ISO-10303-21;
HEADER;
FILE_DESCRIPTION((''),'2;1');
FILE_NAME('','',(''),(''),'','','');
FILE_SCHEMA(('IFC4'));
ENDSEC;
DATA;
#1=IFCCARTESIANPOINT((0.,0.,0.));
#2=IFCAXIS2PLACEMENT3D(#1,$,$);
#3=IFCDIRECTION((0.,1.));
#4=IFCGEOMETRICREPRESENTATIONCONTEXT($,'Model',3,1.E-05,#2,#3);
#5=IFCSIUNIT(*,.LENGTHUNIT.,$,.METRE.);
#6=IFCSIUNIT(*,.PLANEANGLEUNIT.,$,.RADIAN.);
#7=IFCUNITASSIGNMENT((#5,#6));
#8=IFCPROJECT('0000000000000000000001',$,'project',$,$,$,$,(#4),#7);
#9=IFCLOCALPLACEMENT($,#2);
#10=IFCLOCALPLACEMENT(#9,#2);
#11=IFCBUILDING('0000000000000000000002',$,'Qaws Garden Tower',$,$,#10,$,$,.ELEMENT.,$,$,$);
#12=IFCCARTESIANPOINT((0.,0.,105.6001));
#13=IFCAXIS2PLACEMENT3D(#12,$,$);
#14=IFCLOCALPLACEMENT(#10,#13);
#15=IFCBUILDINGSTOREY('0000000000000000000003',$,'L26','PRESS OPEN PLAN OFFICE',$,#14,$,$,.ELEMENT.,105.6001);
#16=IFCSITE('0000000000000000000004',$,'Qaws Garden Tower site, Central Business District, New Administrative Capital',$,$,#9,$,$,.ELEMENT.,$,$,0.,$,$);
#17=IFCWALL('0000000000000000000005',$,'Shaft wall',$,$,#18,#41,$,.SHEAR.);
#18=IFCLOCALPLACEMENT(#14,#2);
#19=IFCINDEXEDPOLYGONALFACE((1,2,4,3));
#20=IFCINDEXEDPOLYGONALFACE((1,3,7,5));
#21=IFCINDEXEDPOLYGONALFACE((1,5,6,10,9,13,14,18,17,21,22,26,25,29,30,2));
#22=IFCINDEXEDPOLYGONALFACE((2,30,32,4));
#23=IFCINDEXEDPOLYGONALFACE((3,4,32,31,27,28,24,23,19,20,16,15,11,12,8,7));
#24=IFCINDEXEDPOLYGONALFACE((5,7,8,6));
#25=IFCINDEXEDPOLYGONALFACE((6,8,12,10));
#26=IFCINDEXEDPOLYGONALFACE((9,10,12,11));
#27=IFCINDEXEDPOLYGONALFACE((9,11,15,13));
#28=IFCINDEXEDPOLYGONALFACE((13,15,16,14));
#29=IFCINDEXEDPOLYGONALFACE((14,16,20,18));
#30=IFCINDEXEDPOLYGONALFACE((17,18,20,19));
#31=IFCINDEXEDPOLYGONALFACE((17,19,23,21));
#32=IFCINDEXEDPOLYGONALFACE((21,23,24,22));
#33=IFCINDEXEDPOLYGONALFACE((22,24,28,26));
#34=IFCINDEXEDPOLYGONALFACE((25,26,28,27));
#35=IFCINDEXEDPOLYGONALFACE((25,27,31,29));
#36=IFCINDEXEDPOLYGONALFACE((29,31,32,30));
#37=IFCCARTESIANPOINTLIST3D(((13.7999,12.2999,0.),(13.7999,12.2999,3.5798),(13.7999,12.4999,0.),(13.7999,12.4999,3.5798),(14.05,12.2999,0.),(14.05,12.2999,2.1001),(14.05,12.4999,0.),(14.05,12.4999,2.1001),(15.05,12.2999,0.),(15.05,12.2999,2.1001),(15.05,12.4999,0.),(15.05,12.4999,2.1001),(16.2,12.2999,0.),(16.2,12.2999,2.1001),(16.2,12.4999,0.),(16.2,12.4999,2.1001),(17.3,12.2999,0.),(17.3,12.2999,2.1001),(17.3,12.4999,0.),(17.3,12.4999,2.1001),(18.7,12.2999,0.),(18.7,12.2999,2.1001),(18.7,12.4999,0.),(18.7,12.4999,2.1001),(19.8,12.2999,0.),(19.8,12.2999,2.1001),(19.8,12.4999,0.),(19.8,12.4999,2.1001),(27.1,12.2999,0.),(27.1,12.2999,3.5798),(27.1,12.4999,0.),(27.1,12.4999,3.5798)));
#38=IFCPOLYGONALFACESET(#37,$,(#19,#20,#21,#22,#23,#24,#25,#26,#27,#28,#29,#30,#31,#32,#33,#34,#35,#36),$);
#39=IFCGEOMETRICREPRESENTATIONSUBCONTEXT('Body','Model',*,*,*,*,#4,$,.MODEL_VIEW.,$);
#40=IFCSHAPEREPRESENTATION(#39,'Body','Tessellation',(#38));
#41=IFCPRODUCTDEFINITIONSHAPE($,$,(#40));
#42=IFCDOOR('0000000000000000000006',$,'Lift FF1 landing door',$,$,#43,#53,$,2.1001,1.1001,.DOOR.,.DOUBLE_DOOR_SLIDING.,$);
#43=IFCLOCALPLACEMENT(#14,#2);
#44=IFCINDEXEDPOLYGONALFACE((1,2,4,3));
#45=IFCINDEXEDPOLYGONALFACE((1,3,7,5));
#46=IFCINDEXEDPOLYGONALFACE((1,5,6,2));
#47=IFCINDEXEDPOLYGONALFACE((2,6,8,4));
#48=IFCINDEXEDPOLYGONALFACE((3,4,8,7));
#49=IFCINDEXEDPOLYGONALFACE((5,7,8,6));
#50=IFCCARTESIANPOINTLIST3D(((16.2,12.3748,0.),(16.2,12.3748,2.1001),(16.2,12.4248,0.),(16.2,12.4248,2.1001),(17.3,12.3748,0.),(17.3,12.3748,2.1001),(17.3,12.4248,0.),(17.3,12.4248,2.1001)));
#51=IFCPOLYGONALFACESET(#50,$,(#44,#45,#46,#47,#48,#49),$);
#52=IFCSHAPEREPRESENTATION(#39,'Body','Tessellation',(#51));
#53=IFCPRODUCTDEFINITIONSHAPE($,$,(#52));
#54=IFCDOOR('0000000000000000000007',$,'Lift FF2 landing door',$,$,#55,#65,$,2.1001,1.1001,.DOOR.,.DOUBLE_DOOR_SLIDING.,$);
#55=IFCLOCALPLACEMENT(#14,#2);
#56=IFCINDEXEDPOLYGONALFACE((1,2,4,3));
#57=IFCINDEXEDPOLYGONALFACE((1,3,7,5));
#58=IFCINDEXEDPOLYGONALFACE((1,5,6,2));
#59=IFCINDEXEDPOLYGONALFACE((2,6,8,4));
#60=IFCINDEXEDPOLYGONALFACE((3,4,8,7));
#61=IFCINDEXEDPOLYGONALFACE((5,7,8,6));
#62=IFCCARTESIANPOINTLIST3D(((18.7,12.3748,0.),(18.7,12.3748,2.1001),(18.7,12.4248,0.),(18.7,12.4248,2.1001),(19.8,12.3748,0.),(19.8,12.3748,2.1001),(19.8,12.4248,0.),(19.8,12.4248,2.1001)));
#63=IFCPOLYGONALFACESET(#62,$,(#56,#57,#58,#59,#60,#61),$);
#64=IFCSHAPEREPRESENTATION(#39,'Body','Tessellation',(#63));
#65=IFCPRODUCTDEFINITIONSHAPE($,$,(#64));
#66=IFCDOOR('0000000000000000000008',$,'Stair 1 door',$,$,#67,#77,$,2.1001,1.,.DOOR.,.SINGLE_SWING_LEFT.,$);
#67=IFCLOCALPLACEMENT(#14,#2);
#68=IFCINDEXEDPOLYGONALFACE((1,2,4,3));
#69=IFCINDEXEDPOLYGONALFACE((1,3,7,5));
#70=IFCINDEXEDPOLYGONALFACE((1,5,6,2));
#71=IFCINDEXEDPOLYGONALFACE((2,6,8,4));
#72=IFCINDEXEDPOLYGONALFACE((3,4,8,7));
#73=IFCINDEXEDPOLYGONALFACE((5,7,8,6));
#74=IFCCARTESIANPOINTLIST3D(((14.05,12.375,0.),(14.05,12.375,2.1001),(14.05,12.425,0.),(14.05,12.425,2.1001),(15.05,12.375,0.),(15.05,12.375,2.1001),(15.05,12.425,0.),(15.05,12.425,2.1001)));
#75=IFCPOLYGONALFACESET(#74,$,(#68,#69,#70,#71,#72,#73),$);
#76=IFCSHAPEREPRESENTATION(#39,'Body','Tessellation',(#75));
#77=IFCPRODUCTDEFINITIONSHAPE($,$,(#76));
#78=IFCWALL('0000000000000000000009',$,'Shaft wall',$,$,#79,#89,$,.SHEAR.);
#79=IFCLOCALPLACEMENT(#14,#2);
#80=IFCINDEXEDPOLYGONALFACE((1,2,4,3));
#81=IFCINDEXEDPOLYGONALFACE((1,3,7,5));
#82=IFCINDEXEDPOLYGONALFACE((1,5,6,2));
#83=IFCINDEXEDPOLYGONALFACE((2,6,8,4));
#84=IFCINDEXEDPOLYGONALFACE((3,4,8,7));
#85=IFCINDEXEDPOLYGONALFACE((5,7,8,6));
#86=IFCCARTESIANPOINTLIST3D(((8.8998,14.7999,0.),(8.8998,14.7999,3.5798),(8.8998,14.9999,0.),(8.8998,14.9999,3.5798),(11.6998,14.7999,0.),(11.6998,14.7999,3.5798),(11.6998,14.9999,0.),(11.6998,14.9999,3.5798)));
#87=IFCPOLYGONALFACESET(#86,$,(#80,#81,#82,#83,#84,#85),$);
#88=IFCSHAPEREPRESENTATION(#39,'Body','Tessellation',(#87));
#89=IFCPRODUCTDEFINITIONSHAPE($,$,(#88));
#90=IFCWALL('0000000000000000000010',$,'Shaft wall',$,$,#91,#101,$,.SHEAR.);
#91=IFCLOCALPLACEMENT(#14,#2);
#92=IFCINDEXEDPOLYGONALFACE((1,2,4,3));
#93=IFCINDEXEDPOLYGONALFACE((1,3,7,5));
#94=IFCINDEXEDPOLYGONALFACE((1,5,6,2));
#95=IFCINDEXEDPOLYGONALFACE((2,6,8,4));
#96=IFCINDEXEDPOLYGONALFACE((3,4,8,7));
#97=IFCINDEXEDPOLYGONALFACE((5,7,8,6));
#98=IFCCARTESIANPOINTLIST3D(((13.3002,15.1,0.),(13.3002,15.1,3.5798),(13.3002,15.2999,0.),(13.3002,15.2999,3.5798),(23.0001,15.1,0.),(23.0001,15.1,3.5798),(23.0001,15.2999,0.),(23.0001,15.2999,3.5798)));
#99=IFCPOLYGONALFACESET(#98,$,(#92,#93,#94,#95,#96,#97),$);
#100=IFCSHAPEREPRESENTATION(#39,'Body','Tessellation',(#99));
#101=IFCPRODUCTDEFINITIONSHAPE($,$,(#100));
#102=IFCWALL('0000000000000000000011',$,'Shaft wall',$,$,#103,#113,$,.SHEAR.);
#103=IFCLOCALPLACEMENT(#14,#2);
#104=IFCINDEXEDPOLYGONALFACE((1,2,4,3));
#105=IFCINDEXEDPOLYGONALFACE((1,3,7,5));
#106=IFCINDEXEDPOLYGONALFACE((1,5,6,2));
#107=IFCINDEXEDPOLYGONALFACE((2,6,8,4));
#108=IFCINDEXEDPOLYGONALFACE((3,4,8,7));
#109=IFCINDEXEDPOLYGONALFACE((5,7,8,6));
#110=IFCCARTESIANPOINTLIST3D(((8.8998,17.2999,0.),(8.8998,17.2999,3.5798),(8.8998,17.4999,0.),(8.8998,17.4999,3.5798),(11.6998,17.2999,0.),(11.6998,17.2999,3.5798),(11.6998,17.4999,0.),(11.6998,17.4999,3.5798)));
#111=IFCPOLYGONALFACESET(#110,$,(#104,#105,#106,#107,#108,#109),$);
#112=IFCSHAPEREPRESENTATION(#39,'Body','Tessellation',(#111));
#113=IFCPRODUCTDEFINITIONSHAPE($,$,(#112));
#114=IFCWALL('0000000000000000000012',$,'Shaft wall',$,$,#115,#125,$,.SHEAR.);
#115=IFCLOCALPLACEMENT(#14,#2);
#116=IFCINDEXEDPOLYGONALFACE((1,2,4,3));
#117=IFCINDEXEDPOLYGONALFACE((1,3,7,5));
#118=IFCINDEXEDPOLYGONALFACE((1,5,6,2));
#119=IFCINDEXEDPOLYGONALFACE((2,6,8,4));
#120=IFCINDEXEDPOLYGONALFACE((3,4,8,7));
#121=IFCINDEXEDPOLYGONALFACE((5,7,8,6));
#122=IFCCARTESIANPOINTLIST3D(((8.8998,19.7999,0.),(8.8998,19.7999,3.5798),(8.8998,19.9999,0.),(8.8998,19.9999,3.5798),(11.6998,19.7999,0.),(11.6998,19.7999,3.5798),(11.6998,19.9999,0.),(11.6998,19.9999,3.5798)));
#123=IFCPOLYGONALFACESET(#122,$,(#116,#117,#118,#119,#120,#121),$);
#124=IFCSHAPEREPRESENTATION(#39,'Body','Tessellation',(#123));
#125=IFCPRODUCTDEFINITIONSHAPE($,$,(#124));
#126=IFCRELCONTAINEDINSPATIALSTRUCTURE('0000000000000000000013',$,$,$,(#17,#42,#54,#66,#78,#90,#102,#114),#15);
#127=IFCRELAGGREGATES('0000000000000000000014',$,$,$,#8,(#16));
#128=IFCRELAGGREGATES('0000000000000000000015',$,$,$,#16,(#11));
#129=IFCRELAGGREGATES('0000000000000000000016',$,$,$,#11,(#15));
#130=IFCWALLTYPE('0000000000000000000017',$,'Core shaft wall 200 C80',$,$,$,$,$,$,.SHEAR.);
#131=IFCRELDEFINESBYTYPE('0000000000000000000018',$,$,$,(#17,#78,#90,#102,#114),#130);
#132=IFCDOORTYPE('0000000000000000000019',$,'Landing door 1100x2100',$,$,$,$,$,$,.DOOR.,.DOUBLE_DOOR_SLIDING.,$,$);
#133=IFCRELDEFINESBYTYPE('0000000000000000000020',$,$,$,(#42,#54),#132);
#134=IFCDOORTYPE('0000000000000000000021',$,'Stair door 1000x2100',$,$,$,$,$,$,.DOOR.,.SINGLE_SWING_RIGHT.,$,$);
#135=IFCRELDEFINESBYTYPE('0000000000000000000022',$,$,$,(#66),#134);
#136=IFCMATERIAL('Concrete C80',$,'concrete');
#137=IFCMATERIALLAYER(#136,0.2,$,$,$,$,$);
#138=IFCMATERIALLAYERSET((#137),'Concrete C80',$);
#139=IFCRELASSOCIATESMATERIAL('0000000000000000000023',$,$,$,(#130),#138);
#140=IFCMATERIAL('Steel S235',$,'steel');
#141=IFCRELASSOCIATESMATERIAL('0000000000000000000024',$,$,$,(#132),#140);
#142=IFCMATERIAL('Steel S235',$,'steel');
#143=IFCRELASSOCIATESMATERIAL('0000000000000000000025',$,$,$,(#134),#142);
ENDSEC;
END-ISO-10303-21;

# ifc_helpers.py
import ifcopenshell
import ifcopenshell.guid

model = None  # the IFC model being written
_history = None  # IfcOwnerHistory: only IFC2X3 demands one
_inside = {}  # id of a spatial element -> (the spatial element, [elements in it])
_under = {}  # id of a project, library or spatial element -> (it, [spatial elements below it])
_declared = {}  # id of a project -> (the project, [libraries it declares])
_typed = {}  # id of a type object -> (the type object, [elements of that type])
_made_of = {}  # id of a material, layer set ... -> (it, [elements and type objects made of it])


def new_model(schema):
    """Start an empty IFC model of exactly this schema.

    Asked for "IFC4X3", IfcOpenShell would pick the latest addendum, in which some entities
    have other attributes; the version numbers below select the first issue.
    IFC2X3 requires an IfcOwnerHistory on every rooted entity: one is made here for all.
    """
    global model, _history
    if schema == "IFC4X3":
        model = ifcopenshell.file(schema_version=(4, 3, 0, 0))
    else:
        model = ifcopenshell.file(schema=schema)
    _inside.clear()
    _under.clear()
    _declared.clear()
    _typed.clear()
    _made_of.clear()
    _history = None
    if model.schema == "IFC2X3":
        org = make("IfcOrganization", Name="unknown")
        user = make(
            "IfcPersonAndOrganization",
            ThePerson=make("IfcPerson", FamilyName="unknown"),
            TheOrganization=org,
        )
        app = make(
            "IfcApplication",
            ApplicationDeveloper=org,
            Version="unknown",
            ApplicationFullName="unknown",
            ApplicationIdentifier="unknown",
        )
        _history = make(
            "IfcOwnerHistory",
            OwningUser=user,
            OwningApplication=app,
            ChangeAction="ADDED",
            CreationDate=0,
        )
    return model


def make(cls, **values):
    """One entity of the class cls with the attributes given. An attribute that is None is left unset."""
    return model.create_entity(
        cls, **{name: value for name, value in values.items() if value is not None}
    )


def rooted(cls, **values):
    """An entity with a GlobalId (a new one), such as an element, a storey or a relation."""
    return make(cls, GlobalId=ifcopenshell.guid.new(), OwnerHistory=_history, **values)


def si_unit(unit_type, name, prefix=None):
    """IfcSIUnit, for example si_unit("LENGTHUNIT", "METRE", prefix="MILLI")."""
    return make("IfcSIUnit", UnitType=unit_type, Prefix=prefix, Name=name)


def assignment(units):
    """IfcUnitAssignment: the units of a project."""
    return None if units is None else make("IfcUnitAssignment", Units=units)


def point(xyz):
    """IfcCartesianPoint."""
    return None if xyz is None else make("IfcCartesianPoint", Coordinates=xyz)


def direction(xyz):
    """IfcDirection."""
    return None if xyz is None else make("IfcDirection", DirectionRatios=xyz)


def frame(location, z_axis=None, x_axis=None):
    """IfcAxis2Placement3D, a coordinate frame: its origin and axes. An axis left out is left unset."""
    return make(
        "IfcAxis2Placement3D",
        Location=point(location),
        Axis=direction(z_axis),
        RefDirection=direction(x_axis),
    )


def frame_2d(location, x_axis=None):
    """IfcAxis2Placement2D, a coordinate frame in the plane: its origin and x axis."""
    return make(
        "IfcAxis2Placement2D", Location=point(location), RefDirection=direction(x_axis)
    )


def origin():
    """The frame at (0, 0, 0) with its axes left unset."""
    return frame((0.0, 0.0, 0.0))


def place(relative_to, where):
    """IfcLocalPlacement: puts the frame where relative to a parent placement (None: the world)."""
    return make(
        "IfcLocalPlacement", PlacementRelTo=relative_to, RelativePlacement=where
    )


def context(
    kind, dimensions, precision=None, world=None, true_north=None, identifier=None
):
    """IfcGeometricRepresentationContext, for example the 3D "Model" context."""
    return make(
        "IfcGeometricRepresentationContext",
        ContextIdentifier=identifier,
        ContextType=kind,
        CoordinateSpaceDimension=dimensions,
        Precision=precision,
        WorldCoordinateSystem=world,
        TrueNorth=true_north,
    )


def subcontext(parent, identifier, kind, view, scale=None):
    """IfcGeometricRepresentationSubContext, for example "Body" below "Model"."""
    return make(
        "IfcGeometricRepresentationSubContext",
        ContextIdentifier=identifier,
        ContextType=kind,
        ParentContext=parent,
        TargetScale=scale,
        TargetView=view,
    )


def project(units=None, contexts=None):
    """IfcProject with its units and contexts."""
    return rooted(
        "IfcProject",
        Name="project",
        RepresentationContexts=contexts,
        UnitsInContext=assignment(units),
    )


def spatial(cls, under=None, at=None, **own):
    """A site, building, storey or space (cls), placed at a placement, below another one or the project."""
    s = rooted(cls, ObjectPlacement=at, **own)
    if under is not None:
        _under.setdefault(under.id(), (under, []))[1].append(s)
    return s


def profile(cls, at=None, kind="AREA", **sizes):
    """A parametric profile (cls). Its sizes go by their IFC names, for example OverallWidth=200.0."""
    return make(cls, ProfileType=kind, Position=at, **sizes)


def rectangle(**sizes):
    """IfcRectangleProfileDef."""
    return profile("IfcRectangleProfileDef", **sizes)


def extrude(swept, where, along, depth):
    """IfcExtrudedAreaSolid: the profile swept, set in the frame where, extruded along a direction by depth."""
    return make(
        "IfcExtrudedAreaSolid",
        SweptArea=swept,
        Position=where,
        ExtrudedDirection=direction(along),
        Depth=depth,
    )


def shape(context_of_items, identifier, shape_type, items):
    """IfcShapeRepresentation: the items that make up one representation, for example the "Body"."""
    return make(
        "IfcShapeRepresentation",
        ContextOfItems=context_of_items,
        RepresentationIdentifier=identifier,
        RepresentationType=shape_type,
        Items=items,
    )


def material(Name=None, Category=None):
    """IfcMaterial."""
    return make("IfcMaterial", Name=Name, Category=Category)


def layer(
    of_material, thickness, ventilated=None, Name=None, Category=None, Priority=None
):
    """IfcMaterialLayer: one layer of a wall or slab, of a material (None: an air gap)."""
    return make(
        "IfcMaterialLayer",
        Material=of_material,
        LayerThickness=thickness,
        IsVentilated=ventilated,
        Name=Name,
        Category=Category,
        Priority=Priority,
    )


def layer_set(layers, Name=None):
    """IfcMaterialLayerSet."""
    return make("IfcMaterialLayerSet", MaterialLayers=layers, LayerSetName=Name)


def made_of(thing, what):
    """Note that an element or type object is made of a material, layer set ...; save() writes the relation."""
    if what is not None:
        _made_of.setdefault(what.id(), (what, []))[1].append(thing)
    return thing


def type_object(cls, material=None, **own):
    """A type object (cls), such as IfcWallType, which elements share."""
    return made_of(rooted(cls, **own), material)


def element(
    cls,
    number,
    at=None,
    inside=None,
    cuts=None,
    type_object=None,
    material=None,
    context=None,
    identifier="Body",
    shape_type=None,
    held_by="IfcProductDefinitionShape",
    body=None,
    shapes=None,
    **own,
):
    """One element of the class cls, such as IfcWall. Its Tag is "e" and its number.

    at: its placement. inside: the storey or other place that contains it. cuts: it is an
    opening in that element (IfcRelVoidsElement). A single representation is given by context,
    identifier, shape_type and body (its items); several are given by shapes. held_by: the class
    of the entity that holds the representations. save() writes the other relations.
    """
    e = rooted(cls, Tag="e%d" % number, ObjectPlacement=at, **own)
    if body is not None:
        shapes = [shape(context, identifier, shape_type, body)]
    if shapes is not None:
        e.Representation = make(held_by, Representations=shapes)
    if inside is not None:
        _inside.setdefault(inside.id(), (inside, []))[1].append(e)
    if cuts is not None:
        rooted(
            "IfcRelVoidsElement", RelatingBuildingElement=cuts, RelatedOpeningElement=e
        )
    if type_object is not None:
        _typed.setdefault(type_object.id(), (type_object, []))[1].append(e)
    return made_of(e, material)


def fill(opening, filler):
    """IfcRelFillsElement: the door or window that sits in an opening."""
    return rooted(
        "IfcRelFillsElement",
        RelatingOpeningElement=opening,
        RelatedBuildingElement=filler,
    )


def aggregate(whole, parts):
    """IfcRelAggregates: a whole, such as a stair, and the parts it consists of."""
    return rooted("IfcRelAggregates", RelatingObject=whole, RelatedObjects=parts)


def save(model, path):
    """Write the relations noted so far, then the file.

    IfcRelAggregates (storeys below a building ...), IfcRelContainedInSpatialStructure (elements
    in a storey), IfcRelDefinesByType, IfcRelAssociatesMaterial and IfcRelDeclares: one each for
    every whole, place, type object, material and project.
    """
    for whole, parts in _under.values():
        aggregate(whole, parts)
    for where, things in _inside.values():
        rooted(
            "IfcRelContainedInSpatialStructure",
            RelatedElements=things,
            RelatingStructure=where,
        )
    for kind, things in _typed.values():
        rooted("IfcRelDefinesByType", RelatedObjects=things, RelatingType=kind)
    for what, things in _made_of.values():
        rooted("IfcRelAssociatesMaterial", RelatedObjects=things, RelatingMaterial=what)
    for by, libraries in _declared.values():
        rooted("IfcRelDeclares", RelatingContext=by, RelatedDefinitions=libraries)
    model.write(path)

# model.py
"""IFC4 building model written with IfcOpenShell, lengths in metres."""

from ifc_helpers import new_model, si_unit, direction, frame, frame_2d, origin, place, context, subcontext, project, spatial, rectangle, extrude, material, layer, layer_set, type_object, element, fill, save


model = new_model("IFC4")

# Units and contexts
model_context = context("Model", 3, precision=1e-05, world=origin(), true_north=direction((0.0, 1.0)))
body_context = subcontext(model_context, "Body", "Model", "MODEL_VIEW")
ifc_project = project(units=[si_unit("LENGTHUNIT", "METRE"), si_unit("PLANEANGLEUNIT", "RADIAN")], contexts=[model_context])

# Site, building, storey
site_placement = place(None, origin())
site = spatial("IfcSite", under=ifc_project, at=site_placement, Name="Qaws Garden Tower site, Central Business District, New Administrative Capital", CompositionType="ELEMENT", RefElevation=0.0)
building_placement = place(site_placement, origin())
building = spatial("IfcBuilding", under=site, at=building_placement, Name="Qaws Garden Tower", CompositionType="ELEMENT")
storey_placement = place(building_placement, frame((0.0, 0.0, 105.6001)))
storey = spatial("IfcBuildingStorey", under=building, at=storey_placement, Name="L26", Description="PRESS OPEN PLAN OFFICE", CompositionType="ELEMENT", Elevation=105.6001)

# Shared definitions
ifc_material_1 = material(Name="Concrete C80", Category="concrete")
ifc_layer_1 = layer(ifc_material_1, 0.2)
ifc_layer_set_1 = layer_set([ifc_layer_1], Name="Concrete C80")
wall_type_1 = type_object("IfcWallType", Name="Core shaft wall 200 C80", PredefinedType="SHEAR", material=ifc_layer_set_1)

# Wall, openings, doors
wall_1_placement = place(storey_placement, frame((13.8, 12.3999, 0.0), z_axis=(0.0, 0.0, 1.0), x_axis=(1.0, 0.0, 0.0)))
wall_1 = element("IfcWall", 1, at=wall_1_placement, inside=storey, type_object=wall_type_1, Name="Shaft wall", PredefinedType="SHEAR", context=body_context, shape_type="SweptSolid", body=[
    extrude(rectangle(XDim=13.3, YDim=0.2, at=frame_2d((6.6499, 0.0))), origin(), (0.0, 0.0, 1.0), 3.5798),
])
opening_1_placement = place(wall_1_placement, frame((2.3999, 0.0, 0.0)))
opening_1 = element("IfcOpeningElement", 2, at=opening_1_placement, cuts=wall_1, PredefinedType="OPENING", context=body_context, shape_type="SweptSolid", body=[
    extrude(rectangle(XDim=1.1001, YDim=2.1001, at=frame_2d((0.55, 1.05))), frame((0.0, 0.1099, 0.0), z_axis=(0.0, -1.0, 0.0), x_axis=(1.0, 0.0, 0.0)), (0.0, 0.0, 1.0), 0.22),
])
opening_2_placement = place(wall_1_placement, frame((4.8999, 0.0, 0.0)))
opening_2 = element("IfcOpeningElement", 3, at=opening_2_placement, cuts=wall_1, PredefinedType="OPENING", context=body_context, shape_type="SweptSolid", body=[
    extrude(rectangle(XDim=1.1001, YDim=2.1001, at=frame_2d((0.55, 1.05))), frame((0.0, 0.1099, 0.0), z_axis=(0.0, -1.0, 0.0), x_axis=(1.0, 0.0, 0.0)), (0.0, 0.0, 1.0), 0.22),
])
opening_3_placement = place(wall_1_placement, frame((0.25, 0.0, 0.0)))
opening_3 = element("IfcOpeningElement", 4, at=opening_3_placement, cuts=wall_1, PredefinedType="OPENING", context=body_context, shape_type="SweptSolid", body=[
    extrude(rectangle(XDim=1.0, YDim=2.1001, at=frame_2d((0.5, 1.05))), frame((0.0, 0.1099, 0.0), z_axis=(0.0, -1.0, 0.0), x_axis=(1.0, 0.0, 0.0)), (0.0, 0.0, 1.0), 0.22),
])
ifc_material_2 = material(Name="Steel S235", Category="steel")
door_type_1 = type_object("IfcDoorType", Name="Landing door 1100x2100", OperationType="DOUBLE_DOOR_SLIDING", PredefinedType="DOOR", material=ifc_material_2)
door_1_placement = place(opening_1_placement, origin())
door_1 = element("IfcDoor", 5, at=door_1_placement, inside=storey, type_object=door_type_1, Name="Lift FF1 landing door", OperationType="DOUBLE_DOOR_SLIDING", OverallHeight=2.1001, OverallWidth=1.1001, PredefinedType="DOOR", context=body_context, shape_type="SweptSolid", body=[
    extrude(rectangle(XDim=1.1001, YDim=2.1001, at=frame_2d((0.55, 1.05))), frame((0.0, 0.0249, 0.0), z_axis=(0.0, -1.0, 0.0), x_axis=(1.0, 0.0, 0.0)), (0.0, 0.0, 1.0), 0.05),
])
fill(opening_1, door_1)
door_2_placement = place(opening_2_placement, origin())
door_2 = element("IfcDoor", 6, at=door_2_placement, inside=storey, type_object=door_type_1, Name="Lift FF2 landing door", OperationType="DOUBLE_DOOR_SLIDING", OverallHeight=2.1001, OverallWidth=1.1001, PredefinedType="DOOR", context=body_context, shape_type="SweptSolid", body=[
    extrude(rectangle(XDim=1.1001, YDim=2.1001, at=frame_2d((0.55, 1.05))), frame((0.0, 0.0249, 0.0), z_axis=(0.0, -1.0, 0.0), x_axis=(1.0, 0.0, 0.0)), (0.0, 0.0, 1.0), 0.05),
])
fill(opening_2, door_2)
ifc_material_3 = material(Name="Steel S235", Category="steel")
door_type_2 = type_object("IfcDoorType", Name="Stair door 1000x2100", OperationType="SINGLE_SWING_RIGHT", PredefinedType="DOOR", material=ifc_material_3)
door_3_placement = place(opening_3_placement, frame((1.0, 0.0, 0.0), z_axis=(0.0, 0.0, 1.0), x_axis=(-1.0, 0.0, 0.0)))
door_3 = element("IfcDoor", 7, at=door_3_placement, inside=storey, type_object=door_type_2, Name="Stair 1 door", OperationType="SINGLE_SWING_LEFT", OverallHeight=2.1001, OverallWidth=1.0, PredefinedType="DOOR", context=body_context, shape_type="SweptSolid", body=[
    extrude(rectangle(XDim=1.0, YDim=2.1001, at=frame_2d((0.5, 1.05))), frame((0.0, 0.0249, 0.0), z_axis=(0.0, -1.0, 0.0), x_axis=(1.0, 0.0, 0.0)), (0.0, 0.0, 1.0), 0.05),
])
fill(opening_3, door_3)

# Walls
wall_2_placement = place(storey_placement, frame((8.8999, 14.8999, 0.0), z_axis=(0.0, 0.0, 1.0), x_axis=(1.0, 0.0, 0.0)))
element("IfcWall", 8, at=wall_2_placement, inside=storey, type_object=wall_type_1, Name="Shaft wall", PredefinedType="SHEAR", context=body_context, shape_type="SweptSolid", body=[
    extrude(rectangle(XDim=2.8, YDim=0.2, at=frame_2d((1.3999, 0.0))), origin(), (0.0, 0.0, 1.0), 3.5798),
])
wall_3_placement = place(storey_placement, frame((13.3, 15.2, 0.0), z_axis=(0.0, 0.0, 1.0), x_axis=(1.0, 0.0, 0.0)))
element("IfcWall", 9, at=wall_3_placement, inside=storey, type_object=wall_type_1, Name="Shaft wall", PredefinedType="SHEAR", context=body_context, shape_type="SweptSolid", body=[
    extrude(rectangle(XDim=9.7, YDim=0.2, at=frame_2d((4.8501, 0.0))), origin(), (0.0, 0.0, 1.0), 3.5798),
])
for number, where, z_axis, x_axis, name in (
    (10, (8.8999, 17.3999, 0.0), (0.0, 0.0, 1.0), (1.0, 0.0, 0.0), "Shaft wall"),
    (11, (8.8999, 19.8999, 0.0), (0.0, 0.0, 1.0), (1.0, 0.0, 0.0), "Shaft wall"),
):
    element("IfcWall", number, at=place(storey_placement, frame(where, z_axis=z_axis, x_axis=x_axis)), inside=storey, type_object=wall_type_1, Name=name, PredefinedType="SHEAR", context=body_context, shape_type="SweptSolid", body=[
        extrude(rectangle(XDim=2.8, YDim=0.2, at=frame_2d((1.3999, 0.0))), origin(), (0.0, 0.0, 1.0), 3.5798),
    ])

save(model, "model.ifc")
